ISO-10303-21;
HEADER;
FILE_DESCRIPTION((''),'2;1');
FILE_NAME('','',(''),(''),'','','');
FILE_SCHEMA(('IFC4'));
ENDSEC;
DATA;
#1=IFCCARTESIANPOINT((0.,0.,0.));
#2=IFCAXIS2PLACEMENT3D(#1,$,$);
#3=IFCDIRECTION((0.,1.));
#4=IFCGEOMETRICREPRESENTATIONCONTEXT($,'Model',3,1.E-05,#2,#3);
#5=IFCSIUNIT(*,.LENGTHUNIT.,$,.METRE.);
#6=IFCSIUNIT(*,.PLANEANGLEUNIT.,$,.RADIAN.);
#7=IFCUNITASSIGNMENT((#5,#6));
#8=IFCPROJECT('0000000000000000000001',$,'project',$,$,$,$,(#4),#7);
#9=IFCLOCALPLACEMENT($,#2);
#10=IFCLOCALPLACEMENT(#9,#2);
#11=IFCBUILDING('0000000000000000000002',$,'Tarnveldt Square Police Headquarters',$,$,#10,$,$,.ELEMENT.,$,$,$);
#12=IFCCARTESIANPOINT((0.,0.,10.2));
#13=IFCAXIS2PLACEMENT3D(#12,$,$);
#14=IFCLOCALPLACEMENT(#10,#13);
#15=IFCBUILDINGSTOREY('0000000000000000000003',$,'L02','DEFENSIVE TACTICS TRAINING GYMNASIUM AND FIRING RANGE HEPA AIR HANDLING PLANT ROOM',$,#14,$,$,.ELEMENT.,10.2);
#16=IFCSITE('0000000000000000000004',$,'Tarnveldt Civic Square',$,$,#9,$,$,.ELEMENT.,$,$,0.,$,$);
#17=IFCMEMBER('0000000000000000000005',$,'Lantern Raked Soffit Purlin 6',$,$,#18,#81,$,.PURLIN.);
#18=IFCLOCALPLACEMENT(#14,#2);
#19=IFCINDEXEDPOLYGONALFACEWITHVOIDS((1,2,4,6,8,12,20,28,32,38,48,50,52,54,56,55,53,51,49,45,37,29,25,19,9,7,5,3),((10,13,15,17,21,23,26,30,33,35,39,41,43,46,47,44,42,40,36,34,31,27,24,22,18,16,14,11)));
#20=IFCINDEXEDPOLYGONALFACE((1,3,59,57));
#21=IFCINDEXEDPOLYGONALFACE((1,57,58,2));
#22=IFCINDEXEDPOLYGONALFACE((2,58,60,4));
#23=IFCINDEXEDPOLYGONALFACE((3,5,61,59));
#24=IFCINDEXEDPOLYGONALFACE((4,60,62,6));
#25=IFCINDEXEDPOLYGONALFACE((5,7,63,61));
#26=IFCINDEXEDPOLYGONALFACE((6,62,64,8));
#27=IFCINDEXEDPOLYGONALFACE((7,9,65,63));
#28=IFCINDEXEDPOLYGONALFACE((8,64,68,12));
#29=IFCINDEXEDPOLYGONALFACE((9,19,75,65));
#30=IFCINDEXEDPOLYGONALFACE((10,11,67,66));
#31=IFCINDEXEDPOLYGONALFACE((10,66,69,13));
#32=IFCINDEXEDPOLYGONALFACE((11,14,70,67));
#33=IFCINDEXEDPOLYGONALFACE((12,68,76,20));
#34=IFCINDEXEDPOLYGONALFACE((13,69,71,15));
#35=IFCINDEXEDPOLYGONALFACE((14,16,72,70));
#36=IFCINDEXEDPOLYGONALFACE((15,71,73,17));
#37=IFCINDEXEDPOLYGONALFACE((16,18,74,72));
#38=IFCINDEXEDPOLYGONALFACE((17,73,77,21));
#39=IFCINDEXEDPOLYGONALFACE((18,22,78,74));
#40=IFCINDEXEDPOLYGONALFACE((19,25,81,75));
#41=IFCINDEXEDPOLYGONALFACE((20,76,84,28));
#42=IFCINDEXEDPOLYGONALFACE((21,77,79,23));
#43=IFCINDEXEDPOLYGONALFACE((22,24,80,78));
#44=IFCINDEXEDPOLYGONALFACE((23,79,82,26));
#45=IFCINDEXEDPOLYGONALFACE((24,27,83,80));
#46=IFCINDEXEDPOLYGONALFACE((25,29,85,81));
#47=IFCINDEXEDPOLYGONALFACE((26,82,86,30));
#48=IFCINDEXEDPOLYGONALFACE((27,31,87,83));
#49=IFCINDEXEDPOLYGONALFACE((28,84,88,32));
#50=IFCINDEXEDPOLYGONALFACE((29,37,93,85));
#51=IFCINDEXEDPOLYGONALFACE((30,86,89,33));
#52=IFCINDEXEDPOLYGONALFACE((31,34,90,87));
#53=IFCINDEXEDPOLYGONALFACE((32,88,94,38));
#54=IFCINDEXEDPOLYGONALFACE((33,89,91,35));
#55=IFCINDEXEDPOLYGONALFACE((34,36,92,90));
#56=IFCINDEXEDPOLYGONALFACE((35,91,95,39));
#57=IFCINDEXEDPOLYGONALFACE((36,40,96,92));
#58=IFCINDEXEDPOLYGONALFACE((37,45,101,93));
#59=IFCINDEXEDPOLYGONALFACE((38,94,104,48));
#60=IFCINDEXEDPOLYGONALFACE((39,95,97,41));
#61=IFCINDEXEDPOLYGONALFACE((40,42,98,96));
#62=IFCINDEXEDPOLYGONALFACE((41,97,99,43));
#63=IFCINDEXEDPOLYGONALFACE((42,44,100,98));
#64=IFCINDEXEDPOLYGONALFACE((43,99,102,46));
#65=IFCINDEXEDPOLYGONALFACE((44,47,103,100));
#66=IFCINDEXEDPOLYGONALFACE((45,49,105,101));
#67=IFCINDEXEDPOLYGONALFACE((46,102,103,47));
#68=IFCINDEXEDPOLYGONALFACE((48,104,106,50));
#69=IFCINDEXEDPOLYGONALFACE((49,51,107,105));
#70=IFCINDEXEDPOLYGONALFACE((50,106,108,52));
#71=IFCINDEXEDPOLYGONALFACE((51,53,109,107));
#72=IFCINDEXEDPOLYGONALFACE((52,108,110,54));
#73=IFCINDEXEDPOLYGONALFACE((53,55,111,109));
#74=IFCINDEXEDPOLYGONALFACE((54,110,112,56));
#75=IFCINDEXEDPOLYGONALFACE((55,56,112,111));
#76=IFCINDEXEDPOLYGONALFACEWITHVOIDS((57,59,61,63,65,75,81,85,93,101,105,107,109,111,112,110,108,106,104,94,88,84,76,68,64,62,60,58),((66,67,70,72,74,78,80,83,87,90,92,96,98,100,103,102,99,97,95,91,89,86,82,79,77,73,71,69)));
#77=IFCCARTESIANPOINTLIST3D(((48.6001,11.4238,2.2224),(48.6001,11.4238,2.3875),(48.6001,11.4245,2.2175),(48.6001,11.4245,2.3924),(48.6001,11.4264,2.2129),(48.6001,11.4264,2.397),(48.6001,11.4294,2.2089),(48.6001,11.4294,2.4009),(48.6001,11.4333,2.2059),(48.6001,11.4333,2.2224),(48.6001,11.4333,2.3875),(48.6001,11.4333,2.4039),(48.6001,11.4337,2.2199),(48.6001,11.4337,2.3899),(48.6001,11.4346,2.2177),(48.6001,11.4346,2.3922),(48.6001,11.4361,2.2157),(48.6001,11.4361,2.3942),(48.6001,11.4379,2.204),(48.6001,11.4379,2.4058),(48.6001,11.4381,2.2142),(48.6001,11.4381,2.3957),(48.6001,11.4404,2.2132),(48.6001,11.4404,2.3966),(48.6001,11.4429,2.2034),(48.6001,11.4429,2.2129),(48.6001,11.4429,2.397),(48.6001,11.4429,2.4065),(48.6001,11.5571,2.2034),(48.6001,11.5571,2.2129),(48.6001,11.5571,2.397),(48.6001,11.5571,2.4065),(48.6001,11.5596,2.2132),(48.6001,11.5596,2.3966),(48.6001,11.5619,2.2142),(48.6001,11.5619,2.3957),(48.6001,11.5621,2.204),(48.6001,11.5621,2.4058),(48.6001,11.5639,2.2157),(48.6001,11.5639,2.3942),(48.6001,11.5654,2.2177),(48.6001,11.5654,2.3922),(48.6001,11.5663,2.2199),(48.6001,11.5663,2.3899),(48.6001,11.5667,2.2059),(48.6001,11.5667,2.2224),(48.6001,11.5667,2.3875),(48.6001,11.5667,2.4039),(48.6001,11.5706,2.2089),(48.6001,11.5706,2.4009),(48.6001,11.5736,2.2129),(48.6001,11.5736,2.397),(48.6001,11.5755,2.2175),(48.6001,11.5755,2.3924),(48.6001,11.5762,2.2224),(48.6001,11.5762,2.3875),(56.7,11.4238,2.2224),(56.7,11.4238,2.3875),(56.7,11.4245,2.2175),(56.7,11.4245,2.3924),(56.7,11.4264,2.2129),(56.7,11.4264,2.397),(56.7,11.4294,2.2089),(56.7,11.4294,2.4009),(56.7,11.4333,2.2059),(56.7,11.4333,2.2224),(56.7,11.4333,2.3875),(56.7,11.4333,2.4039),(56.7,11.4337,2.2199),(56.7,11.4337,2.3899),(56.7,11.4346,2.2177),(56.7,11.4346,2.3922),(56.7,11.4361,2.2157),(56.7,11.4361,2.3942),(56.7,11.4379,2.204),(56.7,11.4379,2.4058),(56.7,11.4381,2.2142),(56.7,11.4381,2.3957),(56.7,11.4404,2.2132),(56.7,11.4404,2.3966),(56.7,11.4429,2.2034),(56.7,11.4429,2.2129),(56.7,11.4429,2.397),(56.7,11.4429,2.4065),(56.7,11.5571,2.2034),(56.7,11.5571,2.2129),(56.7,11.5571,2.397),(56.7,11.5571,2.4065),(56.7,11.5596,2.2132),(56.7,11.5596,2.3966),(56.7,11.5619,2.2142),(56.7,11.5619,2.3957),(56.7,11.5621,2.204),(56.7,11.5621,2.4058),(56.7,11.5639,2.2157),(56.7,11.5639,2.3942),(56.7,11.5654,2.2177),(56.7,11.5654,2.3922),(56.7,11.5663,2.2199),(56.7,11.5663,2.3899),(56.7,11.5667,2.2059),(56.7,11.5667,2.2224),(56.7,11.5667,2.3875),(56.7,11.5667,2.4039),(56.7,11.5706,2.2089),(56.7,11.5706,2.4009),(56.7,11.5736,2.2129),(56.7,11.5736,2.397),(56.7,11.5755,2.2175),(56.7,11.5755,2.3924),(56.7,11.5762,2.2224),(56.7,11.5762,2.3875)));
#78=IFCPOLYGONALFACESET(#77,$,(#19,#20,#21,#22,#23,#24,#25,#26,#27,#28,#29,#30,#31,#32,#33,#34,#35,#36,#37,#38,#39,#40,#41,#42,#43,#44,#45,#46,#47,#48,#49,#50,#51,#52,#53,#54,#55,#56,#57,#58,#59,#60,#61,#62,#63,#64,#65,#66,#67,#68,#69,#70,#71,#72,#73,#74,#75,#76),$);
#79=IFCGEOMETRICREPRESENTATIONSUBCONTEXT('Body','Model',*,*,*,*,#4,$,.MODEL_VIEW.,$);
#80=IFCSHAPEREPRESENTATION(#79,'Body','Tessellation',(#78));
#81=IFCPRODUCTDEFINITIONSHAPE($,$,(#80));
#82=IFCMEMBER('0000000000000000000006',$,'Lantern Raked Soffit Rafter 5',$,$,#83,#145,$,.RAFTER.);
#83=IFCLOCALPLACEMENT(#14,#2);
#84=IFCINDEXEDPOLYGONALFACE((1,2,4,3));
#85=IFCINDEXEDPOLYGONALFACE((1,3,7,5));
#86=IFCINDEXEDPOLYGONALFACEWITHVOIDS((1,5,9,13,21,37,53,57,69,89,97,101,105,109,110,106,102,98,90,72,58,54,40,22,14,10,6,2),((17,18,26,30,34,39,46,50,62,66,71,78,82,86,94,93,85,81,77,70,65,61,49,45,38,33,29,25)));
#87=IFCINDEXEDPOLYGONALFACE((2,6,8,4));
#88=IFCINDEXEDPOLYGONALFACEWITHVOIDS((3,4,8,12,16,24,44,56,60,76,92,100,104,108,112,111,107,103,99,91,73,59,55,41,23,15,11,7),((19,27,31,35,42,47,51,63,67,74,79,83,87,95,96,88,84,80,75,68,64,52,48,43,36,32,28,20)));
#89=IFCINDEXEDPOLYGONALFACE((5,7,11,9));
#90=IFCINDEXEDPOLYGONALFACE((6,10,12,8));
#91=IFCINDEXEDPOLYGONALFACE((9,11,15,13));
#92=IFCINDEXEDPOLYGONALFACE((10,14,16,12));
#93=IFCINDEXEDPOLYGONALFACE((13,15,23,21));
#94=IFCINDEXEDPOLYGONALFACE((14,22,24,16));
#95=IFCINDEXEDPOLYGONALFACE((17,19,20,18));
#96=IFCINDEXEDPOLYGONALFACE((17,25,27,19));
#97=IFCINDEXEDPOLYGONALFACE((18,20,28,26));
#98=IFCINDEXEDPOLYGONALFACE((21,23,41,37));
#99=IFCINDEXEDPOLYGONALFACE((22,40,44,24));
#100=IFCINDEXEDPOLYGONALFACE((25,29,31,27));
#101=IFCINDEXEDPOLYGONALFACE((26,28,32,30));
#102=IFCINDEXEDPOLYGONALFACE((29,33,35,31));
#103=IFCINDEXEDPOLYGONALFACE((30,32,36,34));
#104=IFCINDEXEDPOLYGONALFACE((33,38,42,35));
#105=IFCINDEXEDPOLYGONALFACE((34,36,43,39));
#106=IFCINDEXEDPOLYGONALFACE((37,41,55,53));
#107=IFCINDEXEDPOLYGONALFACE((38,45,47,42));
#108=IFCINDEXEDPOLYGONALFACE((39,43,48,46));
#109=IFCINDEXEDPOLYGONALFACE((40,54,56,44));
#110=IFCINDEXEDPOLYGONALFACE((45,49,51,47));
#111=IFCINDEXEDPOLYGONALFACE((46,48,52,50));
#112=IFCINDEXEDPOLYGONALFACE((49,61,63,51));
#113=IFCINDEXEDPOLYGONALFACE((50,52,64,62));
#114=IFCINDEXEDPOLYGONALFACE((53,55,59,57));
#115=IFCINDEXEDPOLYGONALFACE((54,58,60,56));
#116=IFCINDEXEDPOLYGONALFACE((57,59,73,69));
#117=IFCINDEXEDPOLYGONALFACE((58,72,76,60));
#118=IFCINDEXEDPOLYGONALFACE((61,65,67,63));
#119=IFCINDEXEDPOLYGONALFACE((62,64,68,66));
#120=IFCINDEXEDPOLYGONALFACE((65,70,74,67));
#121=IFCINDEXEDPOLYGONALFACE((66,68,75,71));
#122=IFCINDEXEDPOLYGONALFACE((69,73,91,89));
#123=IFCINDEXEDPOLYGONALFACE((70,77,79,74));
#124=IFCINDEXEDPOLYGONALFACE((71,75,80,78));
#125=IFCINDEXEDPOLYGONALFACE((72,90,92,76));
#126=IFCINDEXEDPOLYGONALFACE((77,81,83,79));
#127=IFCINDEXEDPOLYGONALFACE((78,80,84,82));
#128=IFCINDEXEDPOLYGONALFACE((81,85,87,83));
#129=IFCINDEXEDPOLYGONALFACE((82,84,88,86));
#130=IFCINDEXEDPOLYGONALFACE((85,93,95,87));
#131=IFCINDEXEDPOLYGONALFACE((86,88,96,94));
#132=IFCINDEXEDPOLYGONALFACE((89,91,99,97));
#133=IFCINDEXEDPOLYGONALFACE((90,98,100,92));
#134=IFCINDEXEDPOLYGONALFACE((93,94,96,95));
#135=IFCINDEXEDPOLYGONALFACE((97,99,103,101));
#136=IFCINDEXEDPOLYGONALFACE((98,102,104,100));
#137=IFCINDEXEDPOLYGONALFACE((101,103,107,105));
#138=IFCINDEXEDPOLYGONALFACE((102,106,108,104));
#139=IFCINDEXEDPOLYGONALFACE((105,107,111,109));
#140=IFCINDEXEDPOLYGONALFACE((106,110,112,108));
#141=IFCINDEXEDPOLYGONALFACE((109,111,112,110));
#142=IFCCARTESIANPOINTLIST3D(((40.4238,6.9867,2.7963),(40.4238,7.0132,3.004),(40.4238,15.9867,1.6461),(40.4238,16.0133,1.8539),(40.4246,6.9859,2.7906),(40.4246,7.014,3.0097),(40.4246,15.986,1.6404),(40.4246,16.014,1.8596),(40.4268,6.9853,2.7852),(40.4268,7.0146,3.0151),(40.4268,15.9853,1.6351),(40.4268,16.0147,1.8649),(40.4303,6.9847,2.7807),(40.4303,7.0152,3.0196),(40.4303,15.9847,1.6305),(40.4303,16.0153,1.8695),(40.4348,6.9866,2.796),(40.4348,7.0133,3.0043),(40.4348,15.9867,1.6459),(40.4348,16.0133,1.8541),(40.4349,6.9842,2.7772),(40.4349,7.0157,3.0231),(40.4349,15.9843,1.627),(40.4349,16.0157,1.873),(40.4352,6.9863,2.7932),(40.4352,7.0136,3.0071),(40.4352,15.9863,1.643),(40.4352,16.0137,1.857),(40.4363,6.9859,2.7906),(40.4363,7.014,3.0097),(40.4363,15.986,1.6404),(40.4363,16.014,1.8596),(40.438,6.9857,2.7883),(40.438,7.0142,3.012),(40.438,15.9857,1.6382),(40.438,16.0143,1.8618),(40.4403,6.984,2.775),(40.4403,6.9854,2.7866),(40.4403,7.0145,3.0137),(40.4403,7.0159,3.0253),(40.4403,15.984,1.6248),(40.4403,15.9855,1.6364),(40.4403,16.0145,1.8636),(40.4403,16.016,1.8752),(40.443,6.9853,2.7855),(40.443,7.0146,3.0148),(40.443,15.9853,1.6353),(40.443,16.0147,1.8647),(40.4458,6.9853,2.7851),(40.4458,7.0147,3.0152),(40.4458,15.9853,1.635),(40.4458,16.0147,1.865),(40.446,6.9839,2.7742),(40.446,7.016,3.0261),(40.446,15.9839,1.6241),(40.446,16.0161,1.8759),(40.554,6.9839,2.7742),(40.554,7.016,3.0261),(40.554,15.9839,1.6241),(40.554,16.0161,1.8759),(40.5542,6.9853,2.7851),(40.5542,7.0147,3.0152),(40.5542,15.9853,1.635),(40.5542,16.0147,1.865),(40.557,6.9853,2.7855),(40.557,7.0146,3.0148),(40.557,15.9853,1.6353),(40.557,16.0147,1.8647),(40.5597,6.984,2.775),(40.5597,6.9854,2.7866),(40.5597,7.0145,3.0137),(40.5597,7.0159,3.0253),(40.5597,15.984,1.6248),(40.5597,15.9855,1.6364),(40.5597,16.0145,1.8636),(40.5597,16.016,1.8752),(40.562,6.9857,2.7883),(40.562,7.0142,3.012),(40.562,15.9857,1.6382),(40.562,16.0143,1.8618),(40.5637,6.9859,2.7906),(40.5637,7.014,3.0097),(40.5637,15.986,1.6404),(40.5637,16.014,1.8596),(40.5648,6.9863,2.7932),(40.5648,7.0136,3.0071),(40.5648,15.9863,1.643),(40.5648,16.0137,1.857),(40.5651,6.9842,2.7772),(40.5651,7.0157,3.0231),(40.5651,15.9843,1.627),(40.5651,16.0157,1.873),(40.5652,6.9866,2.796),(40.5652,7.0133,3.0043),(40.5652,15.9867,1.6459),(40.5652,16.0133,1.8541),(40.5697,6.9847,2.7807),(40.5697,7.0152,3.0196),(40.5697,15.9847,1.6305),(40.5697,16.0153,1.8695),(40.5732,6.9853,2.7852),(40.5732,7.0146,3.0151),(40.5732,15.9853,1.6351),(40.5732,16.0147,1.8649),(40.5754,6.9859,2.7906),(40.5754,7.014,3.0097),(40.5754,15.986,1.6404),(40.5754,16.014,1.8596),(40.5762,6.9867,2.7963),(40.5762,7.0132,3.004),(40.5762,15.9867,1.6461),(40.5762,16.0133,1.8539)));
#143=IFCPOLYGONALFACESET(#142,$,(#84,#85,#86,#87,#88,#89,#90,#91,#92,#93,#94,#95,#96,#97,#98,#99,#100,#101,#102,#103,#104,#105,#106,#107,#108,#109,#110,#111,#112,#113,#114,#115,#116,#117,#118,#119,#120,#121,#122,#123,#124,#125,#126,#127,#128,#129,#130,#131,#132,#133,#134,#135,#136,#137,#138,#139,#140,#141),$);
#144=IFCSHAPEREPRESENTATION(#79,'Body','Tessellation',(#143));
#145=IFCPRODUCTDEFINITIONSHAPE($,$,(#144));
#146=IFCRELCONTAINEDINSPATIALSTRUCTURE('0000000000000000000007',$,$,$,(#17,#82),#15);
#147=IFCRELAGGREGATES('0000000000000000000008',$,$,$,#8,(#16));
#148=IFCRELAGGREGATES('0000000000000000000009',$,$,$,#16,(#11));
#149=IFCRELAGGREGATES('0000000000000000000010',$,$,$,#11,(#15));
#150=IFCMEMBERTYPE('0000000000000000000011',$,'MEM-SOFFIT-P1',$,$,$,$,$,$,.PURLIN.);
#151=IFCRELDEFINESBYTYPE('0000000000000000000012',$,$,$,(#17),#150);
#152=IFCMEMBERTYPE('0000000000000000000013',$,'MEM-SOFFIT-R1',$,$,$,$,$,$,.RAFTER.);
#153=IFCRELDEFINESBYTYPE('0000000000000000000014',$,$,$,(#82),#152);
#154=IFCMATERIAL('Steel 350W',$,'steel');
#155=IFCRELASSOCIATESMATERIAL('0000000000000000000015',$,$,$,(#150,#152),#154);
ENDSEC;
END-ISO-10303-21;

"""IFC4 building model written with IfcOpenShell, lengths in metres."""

from ifc_helpers import new_model, si_unit, direction, frame, origin, origin_2d, place, context, subcontext, project, spatial, hollow_rectangle, extrude, material, material_profile, profile_set, type_object, element, save


model = new_model("IFC4")

# Units and contexts
model_context = context("Model", 3, precision=1e-05, world=origin(), true_north=direction((0.0, 1.0)))
body_context = subcontext(model_context, "Body", "Model", "MODEL_VIEW")
ifc_project = project(units=[si_unit("LENGTHUNIT", "METRE"), si_unit("PLANEANGLEUNIT", "RADIAN")], contexts=[model_context])

# Site, building, storey
site_placement = place(None, origin())
site = spatial("IfcSite", under=ifc_project, at=site_placement, Name="Tarnveldt Civic Square", CompositionType="ELEMENT", RefElevation=0.0)
building_placement = place(site_placement, origin())
building = spatial("IfcBuilding", under=site, at=building_placement, Name="Tarnveldt Square Police Headquarters", CompositionType="ELEMENT")
storey_placement = place(building_placement, frame((0.0, 0.0, 10.2)))
storey = spatial("IfcBuildingStorey", under=building, at=storey_placement, Name="L02", Description="DEFENSIVE TACTICS TRAINING GYMNASIUM AND FIRING RANGE HEPA AIR HANDLING PLANT ROOM", CompositionType="ELEMENT", Elevation=10.2)

# Members
ifc_material_1 = material(Name="Steel 350W", Category="steel")
ifc_material_profile_1 = material_profile(ifc_material_1, hollow_rectangle(XDim=0.1523, YDim=0.2031, WallThickness=0.0095, InnerFilletRadius=0.0095, OuterFilletRadius=0.019, at=origin_2d()), Name="HSS203x152x9.5")
ifc_profile_set_1 = profile_set([ifc_material_profile_1], Name="Steel 350W")
member_type_1 = type_object("IfcMemberType", Name="MEM-SOFFIT-P1", PredefinedType="PURLIN", material=ifc_profile_set_1)
member_1_placement = place(storey_placement, frame((48.6001, 11.5, 2.3049), z_axis=(1.0, 0.0, 0.0), x_axis=(0.0, 1.0, 0.0)))
element("IfcMember", 1, at=member_1_placement, inside=storey, type_object=member_type_1, Name="Lantern Raked Soffit Purlin 6", PredefinedType="PURLIN", context=body_context, shape_type="SweptSolid", body=[
    extrude(hollow_rectangle(XDim=0.1523, YDim=0.2031, WallThickness=0.0095, InnerFilletRadius=0.0095, OuterFilletRadius=0.019, at=origin_2d()), origin(), (0.0, 0.0, 1.0), 8.0999),
])
ifc_material_profile_2 = material_profile(ifc_material_1, hollow_rectangle(XDim=0.1523, YDim=0.2539, WallThickness=0.011, InnerFilletRadius=0.011, OuterFilletRadius=0.0222, at=origin_2d()), Name="HSS254x152x11")
ifc_profile_set_2 = profile_set([ifc_material_profile_2], Name="Steel 350W")
member_type_2 = type_object("IfcMemberType", Name="MEM-SOFFIT-R1", PredefinedType="RAFTER", material=ifc_profile_set_2)
for number, where, z_axis, x_axis, name in (
    (2, (40.5, 16.0, 1.75), (0.0, -0.991933, 0.126763), (1.0, 0.0, 0.0), "Lantern Raked Soffit Rafter 5"),
):
    element("IfcMember", number, at=place(storey_placement, frame(where, z_axis=z_axis, x_axis=x_axis)), inside=storey, type_object=member_type_2, Name=name, PredefinedType="RAFTER", context=body_context, shape_type="SweptSolid", body=[
        extrude(hollow_rectangle(XDim=0.1523, YDim=0.2539, WallThickness=0.011, InnerFilletRadius=0.011, OuterFilletRadius=0.0222, at=origin_2d()), origin(), (0.0, 0.0, 1.0), 9.0732),
    ])

save(model, "model.ifc")
